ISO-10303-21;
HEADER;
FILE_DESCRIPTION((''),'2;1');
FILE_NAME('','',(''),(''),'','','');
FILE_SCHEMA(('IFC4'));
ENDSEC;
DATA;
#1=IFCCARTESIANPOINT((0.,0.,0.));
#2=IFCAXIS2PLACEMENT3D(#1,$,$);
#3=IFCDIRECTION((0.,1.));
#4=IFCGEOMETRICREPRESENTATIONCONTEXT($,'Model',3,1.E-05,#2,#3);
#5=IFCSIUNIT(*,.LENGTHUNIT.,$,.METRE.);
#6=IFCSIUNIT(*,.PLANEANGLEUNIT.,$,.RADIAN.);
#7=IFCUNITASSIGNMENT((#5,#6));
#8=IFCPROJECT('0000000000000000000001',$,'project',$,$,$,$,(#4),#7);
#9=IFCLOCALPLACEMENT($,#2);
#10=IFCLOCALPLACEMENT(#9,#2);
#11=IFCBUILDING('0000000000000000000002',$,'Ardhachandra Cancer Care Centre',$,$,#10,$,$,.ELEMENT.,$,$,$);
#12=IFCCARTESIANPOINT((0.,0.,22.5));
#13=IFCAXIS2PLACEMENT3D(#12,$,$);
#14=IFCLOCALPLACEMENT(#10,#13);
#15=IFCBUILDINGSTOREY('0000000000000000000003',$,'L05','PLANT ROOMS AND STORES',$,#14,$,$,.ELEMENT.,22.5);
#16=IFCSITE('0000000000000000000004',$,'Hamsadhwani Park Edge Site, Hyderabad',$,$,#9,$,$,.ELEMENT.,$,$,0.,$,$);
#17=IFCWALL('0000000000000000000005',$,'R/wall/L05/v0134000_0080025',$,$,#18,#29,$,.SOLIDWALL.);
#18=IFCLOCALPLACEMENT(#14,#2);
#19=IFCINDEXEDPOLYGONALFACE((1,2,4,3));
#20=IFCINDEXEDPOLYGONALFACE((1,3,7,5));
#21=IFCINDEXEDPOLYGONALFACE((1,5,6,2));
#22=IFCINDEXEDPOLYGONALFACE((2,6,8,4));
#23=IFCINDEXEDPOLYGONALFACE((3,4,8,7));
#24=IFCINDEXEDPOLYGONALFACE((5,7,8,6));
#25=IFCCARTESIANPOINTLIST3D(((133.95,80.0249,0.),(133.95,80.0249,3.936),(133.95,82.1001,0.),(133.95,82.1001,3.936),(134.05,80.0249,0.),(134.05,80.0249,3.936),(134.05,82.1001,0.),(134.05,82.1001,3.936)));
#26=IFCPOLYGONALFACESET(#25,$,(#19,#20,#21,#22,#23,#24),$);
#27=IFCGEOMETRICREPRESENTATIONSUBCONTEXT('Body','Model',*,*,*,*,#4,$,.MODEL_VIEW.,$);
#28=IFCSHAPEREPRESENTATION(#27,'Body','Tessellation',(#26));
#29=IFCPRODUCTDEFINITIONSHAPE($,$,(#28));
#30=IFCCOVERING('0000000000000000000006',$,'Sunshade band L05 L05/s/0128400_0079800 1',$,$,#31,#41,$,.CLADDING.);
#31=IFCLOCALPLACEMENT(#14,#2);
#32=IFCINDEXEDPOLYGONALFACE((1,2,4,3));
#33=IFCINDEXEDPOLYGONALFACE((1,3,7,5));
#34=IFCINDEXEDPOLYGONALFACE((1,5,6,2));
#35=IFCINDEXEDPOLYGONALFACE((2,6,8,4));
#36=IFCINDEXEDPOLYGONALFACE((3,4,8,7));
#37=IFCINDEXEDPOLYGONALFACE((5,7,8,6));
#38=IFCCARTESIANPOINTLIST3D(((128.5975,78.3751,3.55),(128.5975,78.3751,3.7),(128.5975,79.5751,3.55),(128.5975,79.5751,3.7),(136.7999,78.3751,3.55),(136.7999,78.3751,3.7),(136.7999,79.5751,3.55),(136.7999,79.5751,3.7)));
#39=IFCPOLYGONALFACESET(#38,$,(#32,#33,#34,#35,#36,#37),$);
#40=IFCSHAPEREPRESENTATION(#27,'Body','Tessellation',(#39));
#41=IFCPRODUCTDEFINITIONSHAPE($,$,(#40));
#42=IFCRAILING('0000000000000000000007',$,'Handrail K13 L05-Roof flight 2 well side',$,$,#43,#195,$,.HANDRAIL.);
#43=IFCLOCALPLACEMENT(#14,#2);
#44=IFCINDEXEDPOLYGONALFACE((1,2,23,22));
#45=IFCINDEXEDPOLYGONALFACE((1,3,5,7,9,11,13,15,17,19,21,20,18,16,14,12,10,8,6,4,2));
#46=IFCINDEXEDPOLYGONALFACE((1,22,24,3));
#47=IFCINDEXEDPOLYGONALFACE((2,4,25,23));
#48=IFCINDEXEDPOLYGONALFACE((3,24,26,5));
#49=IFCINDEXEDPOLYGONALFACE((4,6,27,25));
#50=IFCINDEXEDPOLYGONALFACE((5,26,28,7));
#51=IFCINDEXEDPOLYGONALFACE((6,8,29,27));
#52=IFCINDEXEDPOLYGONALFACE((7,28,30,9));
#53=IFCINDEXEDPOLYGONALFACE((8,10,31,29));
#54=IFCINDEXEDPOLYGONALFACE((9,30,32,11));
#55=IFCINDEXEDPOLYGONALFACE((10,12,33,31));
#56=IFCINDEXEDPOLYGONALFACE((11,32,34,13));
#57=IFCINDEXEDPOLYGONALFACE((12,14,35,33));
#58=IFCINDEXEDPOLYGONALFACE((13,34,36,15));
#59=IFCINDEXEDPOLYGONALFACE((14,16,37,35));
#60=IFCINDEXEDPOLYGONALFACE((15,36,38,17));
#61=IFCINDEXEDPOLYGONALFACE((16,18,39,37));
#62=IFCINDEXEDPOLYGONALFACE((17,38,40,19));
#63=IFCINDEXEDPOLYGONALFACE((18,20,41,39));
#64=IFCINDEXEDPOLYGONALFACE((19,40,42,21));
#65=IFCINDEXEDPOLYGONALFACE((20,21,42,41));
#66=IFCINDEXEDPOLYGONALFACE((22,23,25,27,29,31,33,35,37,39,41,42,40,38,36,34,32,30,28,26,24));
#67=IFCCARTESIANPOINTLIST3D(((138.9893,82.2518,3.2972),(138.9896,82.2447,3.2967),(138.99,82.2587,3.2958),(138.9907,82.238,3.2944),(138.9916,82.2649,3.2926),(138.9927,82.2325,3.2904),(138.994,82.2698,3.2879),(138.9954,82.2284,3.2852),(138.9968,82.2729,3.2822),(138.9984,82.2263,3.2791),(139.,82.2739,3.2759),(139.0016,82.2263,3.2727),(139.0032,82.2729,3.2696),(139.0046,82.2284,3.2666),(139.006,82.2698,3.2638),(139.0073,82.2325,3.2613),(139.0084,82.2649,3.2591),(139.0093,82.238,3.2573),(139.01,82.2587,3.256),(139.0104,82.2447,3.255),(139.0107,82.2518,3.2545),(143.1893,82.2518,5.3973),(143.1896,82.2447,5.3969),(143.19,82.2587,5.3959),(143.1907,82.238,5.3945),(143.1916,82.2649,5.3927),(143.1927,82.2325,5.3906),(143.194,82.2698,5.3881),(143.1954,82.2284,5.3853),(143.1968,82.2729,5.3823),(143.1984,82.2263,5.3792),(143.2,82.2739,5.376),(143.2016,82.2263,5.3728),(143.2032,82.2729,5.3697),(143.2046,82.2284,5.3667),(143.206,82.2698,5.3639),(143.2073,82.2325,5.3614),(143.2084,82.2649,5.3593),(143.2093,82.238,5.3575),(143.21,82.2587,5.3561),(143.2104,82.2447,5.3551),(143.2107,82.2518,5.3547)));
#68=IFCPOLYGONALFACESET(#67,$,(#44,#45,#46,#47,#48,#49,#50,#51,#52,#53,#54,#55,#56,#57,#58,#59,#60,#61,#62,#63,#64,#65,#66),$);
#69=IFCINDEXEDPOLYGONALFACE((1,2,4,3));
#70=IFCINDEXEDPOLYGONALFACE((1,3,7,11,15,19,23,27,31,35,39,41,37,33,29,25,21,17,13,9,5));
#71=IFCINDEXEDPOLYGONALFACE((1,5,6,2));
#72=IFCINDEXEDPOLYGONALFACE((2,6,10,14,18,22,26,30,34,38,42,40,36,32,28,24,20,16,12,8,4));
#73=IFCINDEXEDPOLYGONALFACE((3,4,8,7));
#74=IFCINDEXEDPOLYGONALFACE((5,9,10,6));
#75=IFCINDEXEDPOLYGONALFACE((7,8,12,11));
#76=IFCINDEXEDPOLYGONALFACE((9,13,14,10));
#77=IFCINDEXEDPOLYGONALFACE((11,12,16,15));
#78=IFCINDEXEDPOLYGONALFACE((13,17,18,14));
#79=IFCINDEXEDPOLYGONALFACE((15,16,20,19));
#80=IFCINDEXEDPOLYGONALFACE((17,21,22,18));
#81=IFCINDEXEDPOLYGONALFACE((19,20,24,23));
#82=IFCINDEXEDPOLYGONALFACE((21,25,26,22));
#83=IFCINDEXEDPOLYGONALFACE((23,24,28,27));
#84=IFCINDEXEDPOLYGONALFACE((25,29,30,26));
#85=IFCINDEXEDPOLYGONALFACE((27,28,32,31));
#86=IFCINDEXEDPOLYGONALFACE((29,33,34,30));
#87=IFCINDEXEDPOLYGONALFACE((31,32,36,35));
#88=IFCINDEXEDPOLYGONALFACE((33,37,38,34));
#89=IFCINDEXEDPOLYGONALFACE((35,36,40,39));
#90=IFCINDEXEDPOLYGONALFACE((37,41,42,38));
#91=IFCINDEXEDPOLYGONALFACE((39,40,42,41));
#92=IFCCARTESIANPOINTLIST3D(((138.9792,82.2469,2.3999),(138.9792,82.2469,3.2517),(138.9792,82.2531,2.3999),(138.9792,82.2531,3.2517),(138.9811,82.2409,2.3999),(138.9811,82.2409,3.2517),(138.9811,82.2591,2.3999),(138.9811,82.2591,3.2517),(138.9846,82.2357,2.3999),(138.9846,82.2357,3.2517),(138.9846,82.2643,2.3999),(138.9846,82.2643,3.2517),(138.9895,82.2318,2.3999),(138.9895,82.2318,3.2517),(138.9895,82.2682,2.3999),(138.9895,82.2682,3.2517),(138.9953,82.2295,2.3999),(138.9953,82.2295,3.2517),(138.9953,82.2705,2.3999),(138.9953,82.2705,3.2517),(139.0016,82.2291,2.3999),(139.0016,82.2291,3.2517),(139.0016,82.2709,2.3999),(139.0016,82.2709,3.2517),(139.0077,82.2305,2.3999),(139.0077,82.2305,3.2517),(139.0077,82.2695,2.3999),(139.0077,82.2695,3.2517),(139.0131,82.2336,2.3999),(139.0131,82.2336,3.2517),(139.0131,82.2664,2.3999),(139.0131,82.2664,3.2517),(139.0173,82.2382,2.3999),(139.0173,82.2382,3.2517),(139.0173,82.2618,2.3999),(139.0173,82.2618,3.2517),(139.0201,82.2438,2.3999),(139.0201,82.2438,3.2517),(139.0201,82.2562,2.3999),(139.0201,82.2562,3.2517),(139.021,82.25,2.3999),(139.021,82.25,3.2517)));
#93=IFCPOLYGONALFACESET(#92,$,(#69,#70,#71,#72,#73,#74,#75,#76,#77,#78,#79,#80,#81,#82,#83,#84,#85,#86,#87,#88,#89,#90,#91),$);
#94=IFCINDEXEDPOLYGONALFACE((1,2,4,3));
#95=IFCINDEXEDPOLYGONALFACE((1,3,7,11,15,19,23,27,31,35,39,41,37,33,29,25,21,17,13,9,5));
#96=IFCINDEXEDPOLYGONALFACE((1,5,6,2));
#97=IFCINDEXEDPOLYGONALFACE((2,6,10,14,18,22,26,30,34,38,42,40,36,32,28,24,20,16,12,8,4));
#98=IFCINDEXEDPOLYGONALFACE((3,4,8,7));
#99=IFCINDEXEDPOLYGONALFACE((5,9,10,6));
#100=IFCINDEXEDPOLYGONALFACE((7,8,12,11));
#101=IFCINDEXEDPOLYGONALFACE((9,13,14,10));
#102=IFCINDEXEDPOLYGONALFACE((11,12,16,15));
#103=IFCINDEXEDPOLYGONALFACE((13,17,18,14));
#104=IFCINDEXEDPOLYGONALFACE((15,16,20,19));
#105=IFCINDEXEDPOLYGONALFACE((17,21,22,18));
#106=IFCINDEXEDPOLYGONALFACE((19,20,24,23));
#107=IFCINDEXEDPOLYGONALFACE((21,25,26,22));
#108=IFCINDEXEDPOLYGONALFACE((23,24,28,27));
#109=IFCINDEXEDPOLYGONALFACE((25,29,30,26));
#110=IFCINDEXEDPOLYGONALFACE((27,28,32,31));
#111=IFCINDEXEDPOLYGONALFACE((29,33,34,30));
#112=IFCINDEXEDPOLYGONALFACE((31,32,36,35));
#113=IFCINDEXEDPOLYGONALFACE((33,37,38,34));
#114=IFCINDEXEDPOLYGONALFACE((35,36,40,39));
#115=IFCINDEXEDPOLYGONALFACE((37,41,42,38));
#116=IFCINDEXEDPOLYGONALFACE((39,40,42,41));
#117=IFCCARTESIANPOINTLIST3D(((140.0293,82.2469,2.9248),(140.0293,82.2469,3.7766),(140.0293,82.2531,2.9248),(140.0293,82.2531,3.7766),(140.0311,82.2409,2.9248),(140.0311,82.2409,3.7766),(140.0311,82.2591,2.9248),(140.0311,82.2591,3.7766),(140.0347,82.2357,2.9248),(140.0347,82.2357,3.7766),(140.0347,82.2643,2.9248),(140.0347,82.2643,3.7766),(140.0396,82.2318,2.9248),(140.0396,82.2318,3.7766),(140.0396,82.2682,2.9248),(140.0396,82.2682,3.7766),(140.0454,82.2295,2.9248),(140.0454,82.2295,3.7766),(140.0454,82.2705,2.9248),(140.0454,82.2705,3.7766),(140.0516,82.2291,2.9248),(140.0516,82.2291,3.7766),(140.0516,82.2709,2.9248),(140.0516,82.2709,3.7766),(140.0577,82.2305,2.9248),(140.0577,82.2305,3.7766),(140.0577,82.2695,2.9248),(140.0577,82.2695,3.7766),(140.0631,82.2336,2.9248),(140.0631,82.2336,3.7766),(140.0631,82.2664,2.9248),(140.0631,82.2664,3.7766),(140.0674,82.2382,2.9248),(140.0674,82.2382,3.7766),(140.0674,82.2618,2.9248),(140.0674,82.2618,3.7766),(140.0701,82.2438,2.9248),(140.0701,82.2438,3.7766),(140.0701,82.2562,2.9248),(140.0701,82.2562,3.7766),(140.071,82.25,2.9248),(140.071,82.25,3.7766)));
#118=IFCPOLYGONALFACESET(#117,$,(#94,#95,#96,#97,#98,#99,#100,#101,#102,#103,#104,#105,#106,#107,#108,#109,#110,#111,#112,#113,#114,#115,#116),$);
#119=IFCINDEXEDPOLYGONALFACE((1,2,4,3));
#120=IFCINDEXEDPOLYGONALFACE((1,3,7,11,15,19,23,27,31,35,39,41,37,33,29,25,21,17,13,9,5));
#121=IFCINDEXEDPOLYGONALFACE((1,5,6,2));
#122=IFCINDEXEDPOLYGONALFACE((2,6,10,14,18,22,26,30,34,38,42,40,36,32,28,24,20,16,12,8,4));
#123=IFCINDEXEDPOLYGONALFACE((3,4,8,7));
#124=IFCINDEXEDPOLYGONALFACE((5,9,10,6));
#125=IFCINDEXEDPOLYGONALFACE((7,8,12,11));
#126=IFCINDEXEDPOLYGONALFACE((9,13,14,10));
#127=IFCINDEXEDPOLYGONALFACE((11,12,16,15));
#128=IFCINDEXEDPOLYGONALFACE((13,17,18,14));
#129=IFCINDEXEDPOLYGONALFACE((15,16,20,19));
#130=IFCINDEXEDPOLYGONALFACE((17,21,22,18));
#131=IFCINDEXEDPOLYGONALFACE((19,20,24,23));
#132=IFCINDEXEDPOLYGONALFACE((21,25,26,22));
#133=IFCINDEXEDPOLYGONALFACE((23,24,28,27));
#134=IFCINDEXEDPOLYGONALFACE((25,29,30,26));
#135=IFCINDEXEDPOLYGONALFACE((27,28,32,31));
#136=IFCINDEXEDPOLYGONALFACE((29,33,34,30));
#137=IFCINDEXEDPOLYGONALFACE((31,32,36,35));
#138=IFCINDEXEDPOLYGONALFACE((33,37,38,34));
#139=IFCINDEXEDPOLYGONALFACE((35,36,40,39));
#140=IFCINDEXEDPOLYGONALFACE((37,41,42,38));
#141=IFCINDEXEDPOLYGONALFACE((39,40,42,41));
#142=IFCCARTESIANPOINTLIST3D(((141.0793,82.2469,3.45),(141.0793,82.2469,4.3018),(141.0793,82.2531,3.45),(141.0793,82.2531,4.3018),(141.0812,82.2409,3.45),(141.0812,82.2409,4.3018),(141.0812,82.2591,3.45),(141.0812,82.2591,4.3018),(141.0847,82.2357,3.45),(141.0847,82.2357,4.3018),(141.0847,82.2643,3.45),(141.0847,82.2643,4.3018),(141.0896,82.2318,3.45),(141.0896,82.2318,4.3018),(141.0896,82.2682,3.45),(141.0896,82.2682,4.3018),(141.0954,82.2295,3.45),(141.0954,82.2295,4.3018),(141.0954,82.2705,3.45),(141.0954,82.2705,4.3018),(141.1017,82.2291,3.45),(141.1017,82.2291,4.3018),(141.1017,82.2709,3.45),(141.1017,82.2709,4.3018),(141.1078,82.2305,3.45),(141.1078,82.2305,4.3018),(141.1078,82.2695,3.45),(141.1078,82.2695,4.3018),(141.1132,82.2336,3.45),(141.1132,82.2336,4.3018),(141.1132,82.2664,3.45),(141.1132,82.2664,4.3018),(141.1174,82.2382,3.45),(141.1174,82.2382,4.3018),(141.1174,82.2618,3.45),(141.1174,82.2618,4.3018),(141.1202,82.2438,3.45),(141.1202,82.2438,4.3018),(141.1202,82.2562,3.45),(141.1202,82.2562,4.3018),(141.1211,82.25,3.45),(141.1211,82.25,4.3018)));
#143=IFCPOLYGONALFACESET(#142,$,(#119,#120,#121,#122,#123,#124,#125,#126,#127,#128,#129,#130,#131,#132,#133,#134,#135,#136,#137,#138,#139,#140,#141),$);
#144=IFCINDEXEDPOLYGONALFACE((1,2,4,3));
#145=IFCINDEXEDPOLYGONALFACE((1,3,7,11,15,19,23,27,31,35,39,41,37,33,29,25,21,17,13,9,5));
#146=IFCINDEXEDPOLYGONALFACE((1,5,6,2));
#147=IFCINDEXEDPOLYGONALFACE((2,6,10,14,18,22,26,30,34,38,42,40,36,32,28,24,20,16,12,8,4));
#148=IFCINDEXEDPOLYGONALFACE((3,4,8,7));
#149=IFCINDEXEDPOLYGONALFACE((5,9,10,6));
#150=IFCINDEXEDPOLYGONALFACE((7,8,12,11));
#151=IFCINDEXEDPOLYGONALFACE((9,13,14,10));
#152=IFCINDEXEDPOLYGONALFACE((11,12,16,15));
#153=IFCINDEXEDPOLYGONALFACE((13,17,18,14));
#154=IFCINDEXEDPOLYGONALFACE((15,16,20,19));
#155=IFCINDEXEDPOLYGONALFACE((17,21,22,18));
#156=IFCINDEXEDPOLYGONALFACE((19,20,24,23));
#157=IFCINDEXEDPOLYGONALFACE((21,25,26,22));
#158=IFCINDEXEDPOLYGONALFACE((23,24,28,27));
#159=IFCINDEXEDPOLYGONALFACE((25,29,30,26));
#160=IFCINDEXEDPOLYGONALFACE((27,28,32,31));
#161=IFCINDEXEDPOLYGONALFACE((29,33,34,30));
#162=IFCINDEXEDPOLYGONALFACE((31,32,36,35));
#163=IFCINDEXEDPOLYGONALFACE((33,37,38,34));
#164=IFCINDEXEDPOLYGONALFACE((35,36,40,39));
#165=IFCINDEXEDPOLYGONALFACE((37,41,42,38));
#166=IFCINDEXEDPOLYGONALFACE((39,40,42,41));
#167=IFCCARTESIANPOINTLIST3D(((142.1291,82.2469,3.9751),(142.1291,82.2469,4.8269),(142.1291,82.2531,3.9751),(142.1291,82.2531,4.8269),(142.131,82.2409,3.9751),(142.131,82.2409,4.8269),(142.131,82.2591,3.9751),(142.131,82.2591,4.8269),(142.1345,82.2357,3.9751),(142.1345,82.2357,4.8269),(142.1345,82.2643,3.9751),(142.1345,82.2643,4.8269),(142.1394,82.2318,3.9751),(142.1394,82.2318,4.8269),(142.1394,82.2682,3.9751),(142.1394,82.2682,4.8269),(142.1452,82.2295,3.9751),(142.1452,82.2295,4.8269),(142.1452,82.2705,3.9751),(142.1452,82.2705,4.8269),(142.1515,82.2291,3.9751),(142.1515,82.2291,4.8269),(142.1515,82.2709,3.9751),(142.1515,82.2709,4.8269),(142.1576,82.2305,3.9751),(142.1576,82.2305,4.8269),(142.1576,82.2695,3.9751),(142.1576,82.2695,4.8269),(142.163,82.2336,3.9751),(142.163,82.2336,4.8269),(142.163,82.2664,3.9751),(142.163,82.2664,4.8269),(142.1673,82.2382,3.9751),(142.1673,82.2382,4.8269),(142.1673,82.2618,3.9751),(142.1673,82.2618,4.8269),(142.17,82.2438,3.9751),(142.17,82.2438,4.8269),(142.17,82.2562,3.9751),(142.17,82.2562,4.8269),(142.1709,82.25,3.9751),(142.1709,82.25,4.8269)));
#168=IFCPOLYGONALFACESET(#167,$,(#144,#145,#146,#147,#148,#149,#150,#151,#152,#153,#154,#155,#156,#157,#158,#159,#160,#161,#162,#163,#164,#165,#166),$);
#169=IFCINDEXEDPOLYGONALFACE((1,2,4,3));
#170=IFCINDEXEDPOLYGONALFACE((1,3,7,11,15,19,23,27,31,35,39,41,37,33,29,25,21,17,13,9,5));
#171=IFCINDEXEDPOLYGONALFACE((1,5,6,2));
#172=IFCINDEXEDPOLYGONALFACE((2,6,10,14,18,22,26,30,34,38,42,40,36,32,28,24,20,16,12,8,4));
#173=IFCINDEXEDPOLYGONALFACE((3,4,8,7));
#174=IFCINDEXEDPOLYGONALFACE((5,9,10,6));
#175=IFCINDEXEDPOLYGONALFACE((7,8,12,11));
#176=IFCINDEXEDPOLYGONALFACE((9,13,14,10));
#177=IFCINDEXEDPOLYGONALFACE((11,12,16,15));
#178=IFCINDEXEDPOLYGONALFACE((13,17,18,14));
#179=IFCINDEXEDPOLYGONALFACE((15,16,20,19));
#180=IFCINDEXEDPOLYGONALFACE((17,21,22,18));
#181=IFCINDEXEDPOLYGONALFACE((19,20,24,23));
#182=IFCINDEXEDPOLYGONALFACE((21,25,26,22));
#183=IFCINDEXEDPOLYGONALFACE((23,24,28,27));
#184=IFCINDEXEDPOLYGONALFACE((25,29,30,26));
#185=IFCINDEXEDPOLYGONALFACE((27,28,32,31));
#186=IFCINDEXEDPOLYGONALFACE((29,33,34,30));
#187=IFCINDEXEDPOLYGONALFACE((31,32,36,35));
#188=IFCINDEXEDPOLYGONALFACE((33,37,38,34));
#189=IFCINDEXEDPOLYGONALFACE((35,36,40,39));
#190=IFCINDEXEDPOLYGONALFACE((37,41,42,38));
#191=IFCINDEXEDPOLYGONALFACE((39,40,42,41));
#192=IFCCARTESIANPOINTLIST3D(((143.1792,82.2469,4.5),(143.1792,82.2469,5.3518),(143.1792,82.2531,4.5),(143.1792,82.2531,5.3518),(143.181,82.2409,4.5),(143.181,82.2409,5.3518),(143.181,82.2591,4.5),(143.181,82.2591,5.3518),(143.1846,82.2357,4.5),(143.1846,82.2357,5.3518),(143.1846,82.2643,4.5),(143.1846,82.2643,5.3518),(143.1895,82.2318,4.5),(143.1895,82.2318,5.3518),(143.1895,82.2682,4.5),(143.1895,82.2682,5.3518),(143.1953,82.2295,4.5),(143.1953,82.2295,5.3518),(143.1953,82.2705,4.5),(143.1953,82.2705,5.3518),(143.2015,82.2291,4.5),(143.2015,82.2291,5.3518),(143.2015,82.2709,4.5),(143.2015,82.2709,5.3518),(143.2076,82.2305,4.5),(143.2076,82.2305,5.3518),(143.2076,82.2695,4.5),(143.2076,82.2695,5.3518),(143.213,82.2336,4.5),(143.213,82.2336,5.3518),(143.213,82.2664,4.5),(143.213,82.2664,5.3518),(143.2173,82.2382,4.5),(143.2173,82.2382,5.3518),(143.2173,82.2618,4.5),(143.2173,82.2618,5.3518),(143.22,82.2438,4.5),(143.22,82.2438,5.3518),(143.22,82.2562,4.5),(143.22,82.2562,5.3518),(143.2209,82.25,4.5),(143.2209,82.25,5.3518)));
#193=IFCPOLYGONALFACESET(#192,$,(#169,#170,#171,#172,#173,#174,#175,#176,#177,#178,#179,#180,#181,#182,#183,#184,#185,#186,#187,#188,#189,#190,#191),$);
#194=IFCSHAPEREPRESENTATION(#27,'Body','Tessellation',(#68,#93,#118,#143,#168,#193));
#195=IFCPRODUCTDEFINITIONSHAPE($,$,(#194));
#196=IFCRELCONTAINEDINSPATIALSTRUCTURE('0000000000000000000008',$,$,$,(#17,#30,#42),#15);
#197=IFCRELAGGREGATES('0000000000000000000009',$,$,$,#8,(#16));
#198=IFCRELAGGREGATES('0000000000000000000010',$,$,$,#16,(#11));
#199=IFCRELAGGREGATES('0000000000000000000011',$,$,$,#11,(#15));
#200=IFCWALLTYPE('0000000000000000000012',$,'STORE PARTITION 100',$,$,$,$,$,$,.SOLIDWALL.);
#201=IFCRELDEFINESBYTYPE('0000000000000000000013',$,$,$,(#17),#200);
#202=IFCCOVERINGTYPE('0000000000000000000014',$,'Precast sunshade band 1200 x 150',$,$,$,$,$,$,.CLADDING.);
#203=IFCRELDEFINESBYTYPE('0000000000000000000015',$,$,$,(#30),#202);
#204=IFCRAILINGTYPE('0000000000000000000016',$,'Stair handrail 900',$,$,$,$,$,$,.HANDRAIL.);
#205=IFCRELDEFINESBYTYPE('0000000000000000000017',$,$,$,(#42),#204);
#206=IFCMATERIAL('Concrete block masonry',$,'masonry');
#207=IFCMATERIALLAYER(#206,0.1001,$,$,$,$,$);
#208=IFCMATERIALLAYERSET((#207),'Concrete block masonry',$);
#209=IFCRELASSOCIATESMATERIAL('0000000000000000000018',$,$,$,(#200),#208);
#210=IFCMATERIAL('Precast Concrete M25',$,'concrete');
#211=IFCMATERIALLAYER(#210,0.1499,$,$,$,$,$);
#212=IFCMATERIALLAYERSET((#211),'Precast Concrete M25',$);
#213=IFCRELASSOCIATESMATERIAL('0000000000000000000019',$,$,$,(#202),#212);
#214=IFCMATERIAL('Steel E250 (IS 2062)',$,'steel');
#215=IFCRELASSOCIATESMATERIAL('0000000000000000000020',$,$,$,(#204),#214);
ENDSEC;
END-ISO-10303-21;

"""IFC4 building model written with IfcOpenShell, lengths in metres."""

from ifc_helpers import new_model, si_unit, direction, frame, frame_2d, origin, origin_2d, place, context, subcontext, project, spatial, rectangle, circle, extrude, material, layer, layer_set, type_object, element, save


model = new_model("IFC4")

# Units and contexts
model_context = context("Model", 3, precision=1e-05, world=origin(), true_north=direction((0.0, 1.0)))
body_context = subcontext(model_context, "Body", "Model", "MODEL_VIEW")
ifc_project = project(units=[si_unit("LENGTHUNIT", "METRE"), si_unit("PLANEANGLEUNIT", "RADIAN")], contexts=[model_context])

# Site, building, storey
site_placement = place(None, origin())
site = spatial("IfcSite", under=ifc_project, at=site_placement, Name="Hamsadhwani Park Edge Site, Hyderabad", CompositionType="ELEMENT", RefElevation=0.0)
building_placement = place(site_placement, origin())
building = spatial("IfcBuilding", under=site, at=building_placement, Name="Ardhachandra Cancer Care Centre", CompositionType="ELEMENT")
storey_placement = place(building_placement, frame((0.0, 0.0, 22.5)))
storey = spatial("IfcBuildingStorey", under=building, at=storey_placement, Name="L05", Description="PLANT ROOMS AND STORES", CompositionType="ELEMENT", Elevation=22.5)

# Wall
ifc_material_1 = material(Name="Concrete block masonry", Category="masonry")
ifc_layer_1 = layer(ifc_material_1, 0.1001)
ifc_layer_set_1 = layer_set([ifc_layer_1], Name="Concrete block masonry")
wall_type_1 = type_object("IfcWallType", Name="STORE PARTITION 100", PredefinedType="SOLIDWALL", material=ifc_layer_set_1)
wall_1_placement = place(storey_placement, frame((134.0, 80.0249, 0.0), z_axis=(0.0, 0.0, 1.0), x_axis=(0.0, 1.0, 0.0)))
element("IfcWall", 1, at=wall_1_placement, inside=storey, type_object=wall_type_1, Name="R/wall/L05/v0134000_0080025", PredefinedType="SOLIDWALL", context=body_context, shape_type="SweptSolid", body=[
    extrude(rectangle(XDim=2.0752, YDim=0.1001, at=frame_2d((1.0376, 0.0))), origin(), (0.0, 0.0, 1.0), 3.936),
])

# Covering
ifc_material_2 = material(Name="Precast Concrete M25", Category="concrete")
ifc_layer_2 = layer(ifc_material_2, 0.1499)
ifc_layer_set_2 = layer_set([ifc_layer_2], Name="Precast Concrete M25")
covering_type = type_object("IfcCoveringType", Name="Precast sunshade band 1200 x 150", PredefinedType="CLADDING", material=ifc_layer_set_2)
covering_placement = place(storey_placement, frame((132.6987, 78.9751, 3.55), z_axis=(0.0, 0.0, 1.0), x_axis=(1.0, 0.0, 0.0)))
element("IfcCovering", 2, at=covering_placement, inside=storey, type_object=covering_type, Name="Sunshade band L05 L05/s/0128400_0079800 1", PredefinedType="CLADDING", context=body_context, shape_type="SweptSolid", body=[
    extrude(rectangle(XDim=8.2024, YDim=1.2, at=origin_2d()), origin(), (0.0, 0.0, 1.0), 0.1499),
])

# Railing
ifc_material_3 = material(Name="Steel E250 (IS 2062)", Category="steel")
railing_type = type_object("IfcRailingType", Name="Stair handrail 900", PredefinedType="HANDRAIL", material=ifc_material_3)
railing_placement = place(storey_placement, frame((139.0, 82.25, 2.3999)))
element("IfcRailing", 3, at=railing_placement, inside=storey, type_object=railing_type, Name="Handrail K13 L05-Roof flight 2 well side", PredefinedType="HANDRAIL", context=body_context, shape_type="SweptSolid", body=[
    extrude(circle(Radius=0.0239, at=origin_2d()), frame((0.0, 0.0, 0.876), z_axis=(0.894417, 0.0, 0.447234), x_axis=(0.0, 1.0, 0.0)), (0.0, 0.0, 1.0), 4.6958),
    extrude(circle(Radius=0.021, at=origin_2d()), origin(), (0.0, 0.0, 1.0), 0.8518),
    extrude(circle(Radius=0.021, at=origin_2d()), frame((1.05, 0.0, 0.5249)), (0.0, 0.0, 1.0), 0.8518),
    extrude(circle(Radius=0.021, at=origin_2d()), frame((2.1001, 0.0, 1.05)), (0.0, 0.0, 1.0), 0.8518),
    extrude(circle(Radius=0.021, at=origin_2d()), frame((3.1499, 0.0, 1.5752)), (0.0, 0.0, 1.0), 0.8518),
    extrude(circle(Radius=0.021, at=origin_2d()), frame((4.2, 0.0, 2.1001)), (0.0, 0.0, 1.0), 0.8518),
])

save(model, "model.ifc")
